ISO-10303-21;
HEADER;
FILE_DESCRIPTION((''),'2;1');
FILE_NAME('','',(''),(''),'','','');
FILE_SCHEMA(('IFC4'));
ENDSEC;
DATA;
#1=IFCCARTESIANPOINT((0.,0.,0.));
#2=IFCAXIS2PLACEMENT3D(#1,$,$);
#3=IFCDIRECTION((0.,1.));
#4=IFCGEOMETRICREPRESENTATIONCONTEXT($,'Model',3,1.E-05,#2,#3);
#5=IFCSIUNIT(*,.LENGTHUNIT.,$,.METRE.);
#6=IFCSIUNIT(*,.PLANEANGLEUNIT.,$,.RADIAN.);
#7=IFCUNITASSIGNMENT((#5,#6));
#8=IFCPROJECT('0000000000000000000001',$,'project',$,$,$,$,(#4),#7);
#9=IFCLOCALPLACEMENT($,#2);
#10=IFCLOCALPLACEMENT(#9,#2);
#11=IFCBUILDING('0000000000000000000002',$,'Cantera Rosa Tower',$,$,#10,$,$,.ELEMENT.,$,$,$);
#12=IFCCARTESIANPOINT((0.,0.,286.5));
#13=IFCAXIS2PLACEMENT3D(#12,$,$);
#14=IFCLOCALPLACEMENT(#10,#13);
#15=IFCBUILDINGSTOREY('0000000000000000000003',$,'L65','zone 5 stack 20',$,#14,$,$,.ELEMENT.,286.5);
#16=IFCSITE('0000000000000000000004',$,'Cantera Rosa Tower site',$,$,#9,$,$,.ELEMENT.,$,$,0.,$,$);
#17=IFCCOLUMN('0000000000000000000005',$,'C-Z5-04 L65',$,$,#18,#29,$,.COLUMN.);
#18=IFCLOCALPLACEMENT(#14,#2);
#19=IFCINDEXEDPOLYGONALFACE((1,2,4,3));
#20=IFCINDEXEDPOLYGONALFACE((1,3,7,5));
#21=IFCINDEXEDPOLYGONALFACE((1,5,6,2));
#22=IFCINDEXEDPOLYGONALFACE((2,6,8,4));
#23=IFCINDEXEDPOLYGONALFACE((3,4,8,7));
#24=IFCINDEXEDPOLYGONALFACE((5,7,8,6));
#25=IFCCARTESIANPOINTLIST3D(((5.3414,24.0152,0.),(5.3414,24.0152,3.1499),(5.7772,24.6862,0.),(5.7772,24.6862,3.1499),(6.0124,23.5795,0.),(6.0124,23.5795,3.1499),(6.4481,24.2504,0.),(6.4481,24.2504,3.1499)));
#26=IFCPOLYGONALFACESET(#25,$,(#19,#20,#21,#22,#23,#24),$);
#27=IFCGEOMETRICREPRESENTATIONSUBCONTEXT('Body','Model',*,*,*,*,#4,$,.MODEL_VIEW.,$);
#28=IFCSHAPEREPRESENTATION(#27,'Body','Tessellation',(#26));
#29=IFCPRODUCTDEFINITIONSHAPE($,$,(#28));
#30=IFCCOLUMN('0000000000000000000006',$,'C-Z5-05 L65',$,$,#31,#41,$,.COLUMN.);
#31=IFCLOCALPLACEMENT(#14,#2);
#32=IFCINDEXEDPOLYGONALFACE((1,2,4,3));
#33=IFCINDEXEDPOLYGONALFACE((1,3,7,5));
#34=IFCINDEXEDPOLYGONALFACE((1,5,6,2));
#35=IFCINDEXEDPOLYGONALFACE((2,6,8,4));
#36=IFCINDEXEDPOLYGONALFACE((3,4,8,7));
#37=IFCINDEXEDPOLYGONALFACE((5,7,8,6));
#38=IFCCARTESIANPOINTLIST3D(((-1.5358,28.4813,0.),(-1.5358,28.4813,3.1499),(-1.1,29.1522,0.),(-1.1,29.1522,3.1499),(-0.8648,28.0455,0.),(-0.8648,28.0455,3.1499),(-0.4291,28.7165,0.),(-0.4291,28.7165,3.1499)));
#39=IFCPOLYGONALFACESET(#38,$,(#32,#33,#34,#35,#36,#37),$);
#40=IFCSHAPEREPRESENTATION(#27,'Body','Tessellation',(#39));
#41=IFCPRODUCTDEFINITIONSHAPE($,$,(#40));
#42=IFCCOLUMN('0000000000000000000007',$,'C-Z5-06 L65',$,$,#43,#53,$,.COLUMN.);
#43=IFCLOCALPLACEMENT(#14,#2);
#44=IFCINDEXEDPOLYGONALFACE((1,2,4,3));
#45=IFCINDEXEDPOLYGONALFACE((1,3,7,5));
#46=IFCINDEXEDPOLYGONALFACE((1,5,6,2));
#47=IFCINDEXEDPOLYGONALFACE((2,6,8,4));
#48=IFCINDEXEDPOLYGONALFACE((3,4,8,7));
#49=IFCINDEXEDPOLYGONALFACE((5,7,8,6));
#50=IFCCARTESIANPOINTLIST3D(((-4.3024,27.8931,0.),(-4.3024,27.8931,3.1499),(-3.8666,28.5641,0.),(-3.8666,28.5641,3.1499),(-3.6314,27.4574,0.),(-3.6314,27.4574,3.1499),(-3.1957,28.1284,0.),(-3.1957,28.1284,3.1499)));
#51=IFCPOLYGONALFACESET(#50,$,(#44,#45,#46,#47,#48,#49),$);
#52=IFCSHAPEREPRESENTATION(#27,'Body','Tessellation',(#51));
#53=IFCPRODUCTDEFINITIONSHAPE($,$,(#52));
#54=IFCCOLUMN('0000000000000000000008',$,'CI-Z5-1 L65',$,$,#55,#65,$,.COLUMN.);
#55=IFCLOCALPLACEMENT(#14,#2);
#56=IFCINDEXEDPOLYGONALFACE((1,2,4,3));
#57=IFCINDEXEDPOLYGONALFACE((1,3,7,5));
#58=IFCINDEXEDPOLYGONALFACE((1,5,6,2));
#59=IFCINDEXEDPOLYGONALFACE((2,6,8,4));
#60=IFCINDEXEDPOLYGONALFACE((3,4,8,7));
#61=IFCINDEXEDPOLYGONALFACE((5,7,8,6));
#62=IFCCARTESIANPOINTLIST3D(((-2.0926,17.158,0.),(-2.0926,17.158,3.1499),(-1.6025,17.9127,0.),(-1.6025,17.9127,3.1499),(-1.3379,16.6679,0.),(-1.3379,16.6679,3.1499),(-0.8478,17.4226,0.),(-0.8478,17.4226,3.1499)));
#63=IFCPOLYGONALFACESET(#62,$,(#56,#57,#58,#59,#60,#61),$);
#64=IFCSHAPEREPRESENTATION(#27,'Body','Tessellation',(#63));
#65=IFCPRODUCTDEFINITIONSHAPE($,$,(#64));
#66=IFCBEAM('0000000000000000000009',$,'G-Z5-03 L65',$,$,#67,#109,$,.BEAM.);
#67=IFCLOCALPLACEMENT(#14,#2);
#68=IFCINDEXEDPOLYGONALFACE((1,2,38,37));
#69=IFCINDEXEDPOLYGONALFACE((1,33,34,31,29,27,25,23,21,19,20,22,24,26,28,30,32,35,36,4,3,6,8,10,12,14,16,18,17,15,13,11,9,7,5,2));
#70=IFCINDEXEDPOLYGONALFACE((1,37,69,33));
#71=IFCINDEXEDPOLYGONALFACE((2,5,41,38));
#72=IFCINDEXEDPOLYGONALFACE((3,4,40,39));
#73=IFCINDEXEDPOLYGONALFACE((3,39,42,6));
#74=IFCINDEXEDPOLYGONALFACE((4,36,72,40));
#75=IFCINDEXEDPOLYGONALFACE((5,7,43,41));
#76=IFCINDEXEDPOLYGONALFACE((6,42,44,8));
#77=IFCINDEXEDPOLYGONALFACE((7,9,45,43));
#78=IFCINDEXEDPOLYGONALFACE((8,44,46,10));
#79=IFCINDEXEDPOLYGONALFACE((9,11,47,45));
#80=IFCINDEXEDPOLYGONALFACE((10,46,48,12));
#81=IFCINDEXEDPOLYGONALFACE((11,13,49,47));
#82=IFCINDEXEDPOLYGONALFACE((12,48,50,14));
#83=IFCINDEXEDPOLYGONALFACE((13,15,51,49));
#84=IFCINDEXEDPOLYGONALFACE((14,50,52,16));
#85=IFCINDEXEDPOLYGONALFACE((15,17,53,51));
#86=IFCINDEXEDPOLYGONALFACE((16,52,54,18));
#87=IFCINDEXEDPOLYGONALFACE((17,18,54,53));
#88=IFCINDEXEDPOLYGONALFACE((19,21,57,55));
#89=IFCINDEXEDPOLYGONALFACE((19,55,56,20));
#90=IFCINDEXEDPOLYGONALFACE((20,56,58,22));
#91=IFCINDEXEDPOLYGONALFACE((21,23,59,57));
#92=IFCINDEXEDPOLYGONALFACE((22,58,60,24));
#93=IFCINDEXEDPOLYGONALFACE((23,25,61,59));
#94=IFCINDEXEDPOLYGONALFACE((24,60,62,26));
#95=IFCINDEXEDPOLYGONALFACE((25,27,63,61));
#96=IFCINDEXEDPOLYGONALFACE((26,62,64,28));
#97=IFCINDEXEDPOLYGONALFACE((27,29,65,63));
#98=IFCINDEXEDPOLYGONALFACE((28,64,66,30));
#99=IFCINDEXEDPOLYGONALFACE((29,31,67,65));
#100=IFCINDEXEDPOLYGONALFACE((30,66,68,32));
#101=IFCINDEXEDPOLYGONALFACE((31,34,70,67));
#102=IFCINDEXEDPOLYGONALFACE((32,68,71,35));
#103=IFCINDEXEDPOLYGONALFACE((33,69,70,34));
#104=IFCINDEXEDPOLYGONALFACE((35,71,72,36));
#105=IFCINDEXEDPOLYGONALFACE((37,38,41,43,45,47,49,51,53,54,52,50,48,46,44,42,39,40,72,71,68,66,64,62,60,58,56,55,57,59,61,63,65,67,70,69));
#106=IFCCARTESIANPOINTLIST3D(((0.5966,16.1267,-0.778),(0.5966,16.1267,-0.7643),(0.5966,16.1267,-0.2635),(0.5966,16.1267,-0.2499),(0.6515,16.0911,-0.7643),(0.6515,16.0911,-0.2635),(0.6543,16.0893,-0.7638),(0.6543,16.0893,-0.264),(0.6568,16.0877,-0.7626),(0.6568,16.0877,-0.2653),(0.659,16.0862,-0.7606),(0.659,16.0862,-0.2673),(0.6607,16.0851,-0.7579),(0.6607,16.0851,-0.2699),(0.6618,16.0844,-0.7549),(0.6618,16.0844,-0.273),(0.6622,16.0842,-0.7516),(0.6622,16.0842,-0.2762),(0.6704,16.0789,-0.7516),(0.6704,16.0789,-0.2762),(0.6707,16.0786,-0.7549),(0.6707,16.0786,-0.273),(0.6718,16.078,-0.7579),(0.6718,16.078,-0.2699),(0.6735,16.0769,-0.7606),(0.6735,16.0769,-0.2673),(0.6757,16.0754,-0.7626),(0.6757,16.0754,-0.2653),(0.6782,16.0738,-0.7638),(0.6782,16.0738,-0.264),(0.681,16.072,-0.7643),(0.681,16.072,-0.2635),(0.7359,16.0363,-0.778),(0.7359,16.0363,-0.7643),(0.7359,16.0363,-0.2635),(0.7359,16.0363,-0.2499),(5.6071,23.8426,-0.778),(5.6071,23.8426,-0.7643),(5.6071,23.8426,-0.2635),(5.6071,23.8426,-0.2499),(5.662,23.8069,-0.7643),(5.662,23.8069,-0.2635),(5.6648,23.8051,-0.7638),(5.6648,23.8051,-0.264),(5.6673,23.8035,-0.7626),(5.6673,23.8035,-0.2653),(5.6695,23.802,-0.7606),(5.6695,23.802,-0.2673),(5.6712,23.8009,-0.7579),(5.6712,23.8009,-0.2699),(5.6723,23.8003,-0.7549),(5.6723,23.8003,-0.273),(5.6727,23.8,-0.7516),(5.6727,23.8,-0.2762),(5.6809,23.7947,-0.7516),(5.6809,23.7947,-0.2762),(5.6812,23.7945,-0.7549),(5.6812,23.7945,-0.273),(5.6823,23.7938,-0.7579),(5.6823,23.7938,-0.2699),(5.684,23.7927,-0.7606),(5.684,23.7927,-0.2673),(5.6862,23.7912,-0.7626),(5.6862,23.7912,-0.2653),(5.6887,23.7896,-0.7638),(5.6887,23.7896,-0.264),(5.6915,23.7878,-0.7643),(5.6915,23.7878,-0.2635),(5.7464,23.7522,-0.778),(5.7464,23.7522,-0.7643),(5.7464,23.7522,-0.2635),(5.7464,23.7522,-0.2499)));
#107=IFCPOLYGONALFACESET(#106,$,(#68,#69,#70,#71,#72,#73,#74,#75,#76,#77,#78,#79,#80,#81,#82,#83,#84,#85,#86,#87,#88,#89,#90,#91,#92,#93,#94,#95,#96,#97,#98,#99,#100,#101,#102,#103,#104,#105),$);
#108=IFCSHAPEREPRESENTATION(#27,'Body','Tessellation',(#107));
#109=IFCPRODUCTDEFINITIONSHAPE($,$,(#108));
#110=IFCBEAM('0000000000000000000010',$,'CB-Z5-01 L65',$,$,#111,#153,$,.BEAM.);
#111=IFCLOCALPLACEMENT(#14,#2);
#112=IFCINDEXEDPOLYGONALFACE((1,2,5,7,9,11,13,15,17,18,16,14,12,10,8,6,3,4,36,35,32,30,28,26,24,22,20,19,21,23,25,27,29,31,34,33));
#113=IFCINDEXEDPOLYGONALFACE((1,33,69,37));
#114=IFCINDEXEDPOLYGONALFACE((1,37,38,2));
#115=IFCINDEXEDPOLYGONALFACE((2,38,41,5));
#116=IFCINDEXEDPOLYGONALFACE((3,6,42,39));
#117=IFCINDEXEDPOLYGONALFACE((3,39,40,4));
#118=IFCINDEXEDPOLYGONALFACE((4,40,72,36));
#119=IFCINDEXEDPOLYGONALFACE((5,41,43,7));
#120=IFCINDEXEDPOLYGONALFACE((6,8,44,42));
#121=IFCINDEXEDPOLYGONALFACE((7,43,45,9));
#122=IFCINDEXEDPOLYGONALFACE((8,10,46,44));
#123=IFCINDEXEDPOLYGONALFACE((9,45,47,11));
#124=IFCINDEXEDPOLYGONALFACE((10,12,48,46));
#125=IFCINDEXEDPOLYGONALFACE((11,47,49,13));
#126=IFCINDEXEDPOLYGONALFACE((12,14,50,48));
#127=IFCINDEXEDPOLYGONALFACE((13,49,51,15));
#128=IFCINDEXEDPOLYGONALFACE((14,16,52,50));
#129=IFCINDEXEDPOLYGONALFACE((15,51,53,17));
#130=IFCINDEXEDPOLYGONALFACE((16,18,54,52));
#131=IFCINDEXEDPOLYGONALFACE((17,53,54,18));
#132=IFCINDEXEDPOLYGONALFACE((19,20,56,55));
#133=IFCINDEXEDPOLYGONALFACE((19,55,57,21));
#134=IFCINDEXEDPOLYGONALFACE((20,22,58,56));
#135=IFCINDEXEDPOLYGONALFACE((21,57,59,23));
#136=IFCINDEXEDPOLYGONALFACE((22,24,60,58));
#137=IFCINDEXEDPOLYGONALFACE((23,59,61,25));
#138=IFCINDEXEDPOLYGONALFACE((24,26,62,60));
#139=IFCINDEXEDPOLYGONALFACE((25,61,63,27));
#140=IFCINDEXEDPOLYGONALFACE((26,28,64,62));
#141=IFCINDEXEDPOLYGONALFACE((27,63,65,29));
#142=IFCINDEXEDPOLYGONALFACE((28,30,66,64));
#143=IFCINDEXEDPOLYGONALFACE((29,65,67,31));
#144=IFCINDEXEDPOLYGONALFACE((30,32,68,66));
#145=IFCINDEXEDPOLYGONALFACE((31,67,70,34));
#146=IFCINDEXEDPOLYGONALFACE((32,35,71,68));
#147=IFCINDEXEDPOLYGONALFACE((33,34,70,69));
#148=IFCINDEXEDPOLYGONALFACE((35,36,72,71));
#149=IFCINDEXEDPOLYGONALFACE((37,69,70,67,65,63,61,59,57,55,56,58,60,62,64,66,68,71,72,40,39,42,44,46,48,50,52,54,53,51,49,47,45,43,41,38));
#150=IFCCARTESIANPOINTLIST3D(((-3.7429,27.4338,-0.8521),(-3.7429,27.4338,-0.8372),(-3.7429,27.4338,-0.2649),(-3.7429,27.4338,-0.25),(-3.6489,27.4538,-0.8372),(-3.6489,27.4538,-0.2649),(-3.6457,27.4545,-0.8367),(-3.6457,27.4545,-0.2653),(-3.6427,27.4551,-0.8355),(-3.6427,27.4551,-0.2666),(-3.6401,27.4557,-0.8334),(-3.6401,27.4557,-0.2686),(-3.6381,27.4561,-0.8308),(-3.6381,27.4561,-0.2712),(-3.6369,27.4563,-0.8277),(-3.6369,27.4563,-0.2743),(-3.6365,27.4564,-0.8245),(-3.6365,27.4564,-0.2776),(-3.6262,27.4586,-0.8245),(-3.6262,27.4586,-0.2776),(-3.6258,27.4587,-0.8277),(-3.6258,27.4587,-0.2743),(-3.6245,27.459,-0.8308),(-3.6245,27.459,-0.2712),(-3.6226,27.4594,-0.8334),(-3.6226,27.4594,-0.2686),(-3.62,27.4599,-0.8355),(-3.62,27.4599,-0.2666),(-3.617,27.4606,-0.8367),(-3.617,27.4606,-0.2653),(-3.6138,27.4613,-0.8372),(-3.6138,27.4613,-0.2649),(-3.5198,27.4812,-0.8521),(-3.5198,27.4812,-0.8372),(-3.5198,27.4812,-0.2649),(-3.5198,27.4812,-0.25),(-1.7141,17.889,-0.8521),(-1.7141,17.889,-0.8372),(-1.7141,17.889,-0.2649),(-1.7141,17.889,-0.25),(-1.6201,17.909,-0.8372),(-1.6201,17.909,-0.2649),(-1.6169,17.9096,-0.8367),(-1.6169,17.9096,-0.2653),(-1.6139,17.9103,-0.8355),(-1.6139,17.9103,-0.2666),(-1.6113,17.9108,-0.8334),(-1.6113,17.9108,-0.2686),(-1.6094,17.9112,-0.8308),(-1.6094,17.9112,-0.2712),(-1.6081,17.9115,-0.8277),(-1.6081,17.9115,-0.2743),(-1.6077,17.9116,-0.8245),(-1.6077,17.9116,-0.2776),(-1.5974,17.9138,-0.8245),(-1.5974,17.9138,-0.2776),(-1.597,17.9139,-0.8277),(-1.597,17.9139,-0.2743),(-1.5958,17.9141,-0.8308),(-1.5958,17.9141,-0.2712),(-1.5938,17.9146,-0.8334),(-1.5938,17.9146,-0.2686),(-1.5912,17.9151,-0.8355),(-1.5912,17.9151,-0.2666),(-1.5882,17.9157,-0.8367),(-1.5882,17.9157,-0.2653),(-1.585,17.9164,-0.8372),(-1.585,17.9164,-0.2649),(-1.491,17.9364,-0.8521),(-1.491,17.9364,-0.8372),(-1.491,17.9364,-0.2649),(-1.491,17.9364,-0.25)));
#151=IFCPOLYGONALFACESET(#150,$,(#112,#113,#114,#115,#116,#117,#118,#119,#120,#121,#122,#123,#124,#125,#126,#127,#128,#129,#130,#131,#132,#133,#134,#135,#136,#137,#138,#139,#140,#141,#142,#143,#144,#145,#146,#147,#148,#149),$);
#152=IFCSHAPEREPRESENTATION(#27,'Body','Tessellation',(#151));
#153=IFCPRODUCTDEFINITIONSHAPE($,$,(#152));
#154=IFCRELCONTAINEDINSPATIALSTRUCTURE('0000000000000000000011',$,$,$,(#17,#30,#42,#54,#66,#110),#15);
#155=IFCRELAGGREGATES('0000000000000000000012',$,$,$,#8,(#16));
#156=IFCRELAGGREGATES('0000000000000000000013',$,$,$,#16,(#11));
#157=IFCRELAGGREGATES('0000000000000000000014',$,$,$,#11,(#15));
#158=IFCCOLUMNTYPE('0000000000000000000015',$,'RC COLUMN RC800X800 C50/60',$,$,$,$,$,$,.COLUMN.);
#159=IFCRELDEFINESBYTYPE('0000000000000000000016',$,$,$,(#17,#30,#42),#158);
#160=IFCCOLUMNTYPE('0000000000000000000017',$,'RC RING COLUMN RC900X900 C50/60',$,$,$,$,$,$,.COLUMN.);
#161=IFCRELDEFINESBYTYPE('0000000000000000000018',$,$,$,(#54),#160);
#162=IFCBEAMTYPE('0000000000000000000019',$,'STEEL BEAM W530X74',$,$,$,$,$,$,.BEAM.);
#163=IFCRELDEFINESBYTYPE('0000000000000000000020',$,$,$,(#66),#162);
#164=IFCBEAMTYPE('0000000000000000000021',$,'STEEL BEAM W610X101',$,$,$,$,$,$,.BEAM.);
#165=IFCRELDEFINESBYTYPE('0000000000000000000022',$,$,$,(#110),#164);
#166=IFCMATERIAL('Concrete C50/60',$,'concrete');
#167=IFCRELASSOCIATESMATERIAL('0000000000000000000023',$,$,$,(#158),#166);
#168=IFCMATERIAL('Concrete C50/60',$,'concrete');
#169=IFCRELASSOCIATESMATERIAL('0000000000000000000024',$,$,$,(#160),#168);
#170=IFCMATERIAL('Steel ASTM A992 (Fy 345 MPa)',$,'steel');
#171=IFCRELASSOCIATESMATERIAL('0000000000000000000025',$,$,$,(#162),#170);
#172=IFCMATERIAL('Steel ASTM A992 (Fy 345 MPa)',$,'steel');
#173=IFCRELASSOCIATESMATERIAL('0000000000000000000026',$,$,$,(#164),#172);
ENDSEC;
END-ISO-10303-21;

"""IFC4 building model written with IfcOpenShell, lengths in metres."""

from ifc_helpers import new_model, si_unit, direction, frame, origin, origin_2d, place, context, subcontext, project, spatial, rectangle, i_section, extrude, material, material_profile, profile_set, type_object, element, save


model = new_model("IFC4")

# Units and contexts
model_context = context("Model", 3, precision=1e-05, world=origin(), true_north=direction((0.0, 1.0)))
body_context = subcontext(model_context, "Body", "Model", "MODEL_VIEW")
ifc_project = project(units=[si_unit("LENGTHUNIT", "METRE"), si_unit("PLANEANGLEUNIT", "RADIAN")], contexts=[model_context])

# Site, building, storey
site_placement = place(None, origin())
site = spatial("IfcSite", under=ifc_project, at=site_placement, Name="Cantera Rosa Tower site", CompositionType="ELEMENT", RefElevation=0.0)
building_placement = place(site_placement, origin())
building = spatial("IfcBuilding", under=site, at=building_placement, Name="Cantera Rosa Tower", CompositionType="ELEMENT")
storey_placement = place(building_placement, frame((0.0, 0.0, 286.5)))
storey = spatial("IfcBuildingStorey", under=building, at=storey_placement, Name="L65", Description="zone 5 stack 20", CompositionType="ELEMENT", Elevation=286.5)

# Columns
ifc_material_1 = material(Name="Concrete C50/60", Category="concrete")
ifc_material_profile_1 = material_profile(ifc_material_1, rectangle(XDim=0.8, YDim=0.8, at=origin_2d()), Name="RC COLUMN RC800X800 C50/60")
ifc_profile_set_1 = profile_set([ifc_material_profile_1], Name="Concrete C50/60")
column_type_1 = type_object("IfcColumnType", Name="RC COLUMN RC800X800 C50/60", PredefinedType="COLUMN", material=ifc_profile_set_1)
for number, where, z_axis, x_axis, name in (
    (1, (5.8948, 24.1328, 0.0), (0.0, 0.0, 1.0), (0.544639, 0.838671, 0.0), "C-Z5-04 L65"),
    (2, (-0.9824, 28.5989, 0.0), (0.0, 0.0, 1.0), (0.544639, 0.838671, 0.0), "C-Z5-05 L65"),
    (3, (-3.749, 28.0107, 0.0), (0.0, 0.0, 1.0), (0.544639, 0.838671, 0.0), "C-Z5-06 L65"),
):
    element("IfcColumn", number, at=place(storey_placement, frame(where, z_axis=z_axis, x_axis=x_axis)), inside=storey, type_object=column_type_1, Name=name, PredefinedType="COLUMN", context=body_context, shape_type="SweptSolid", body=[
        extrude(rectangle(XDim=0.8, YDim=0.8, at=origin_2d()), origin(), (0.0, 0.0, 1.0), 3.1499),
    ])
ifc_material_2 = material(Name="Concrete C50/60", Category="concrete")
ifc_material_profile_2 = material_profile(ifc_material_2, rectangle(XDim=0.8999, YDim=0.8999, at=origin_2d()), Name="RC RING COLUMN RC900X900 C50/60")
ifc_profile_set_2 = profile_set([ifc_material_profile_2], Name="Concrete C50/60")
column_type_2 = type_object("IfcColumnType", Name="RC RING COLUMN RC900X900 C50/60", PredefinedType="COLUMN", material=ifc_profile_set_2)
column_placement = place(storey_placement, frame((-1.4702, 17.2903, 0.0), z_axis=(0.0, 0.0, 1.0), x_axis=(0.544639, 0.838671, 0.0)))
element("IfcColumn", 4, at=column_placement, inside=storey, type_object=column_type_2, Name="CI-Z5-1 L65", PredefinedType="COLUMN", context=body_context, shape_type="SweptSolid", body=[
    extrude(rectangle(XDim=0.8999, YDim=0.8999, at=origin_2d()), origin(), (0.0, 0.0, 1.0), 3.1499),
])

# Beams
ifc_material_3 = material(Name="Steel ASTM A992 (Fy 345 MPa)", Category="steel")
ifc_material_profile_3 = material_profile(ifc_material_3, i_section(OverallWidth=0.166, OverallDepth=0.5281, WebThickness=0.0098, FlangeThickness=0.0137, FilletRadius=0.0127, at=origin_2d()), Name="W530X74")
ifc_profile_set_3 = profile_set([ifc_material_profile_3], Name="Steel ASTM A992 (Fy 345 MPa)")
beam_type_1 = type_object("IfcBeamType", Name="STEEL BEAM W530X74", PredefinedType="BEAM", material=ifc_profile_set_3)
beam_1_placement = place(storey_placement, frame((5.6768, 23.7974, -0.5139), z_axis=(-0.544623, -0.838681, 0.0), x_axis=(0.838681, -0.544623, 0.0)))
element("IfcBeam", 5, at=beam_1_placement, inside=storey, type_object=beam_type_1, Name="G-Z5-03 L65", PredefinedType="BEAM", context=body_context, shape_type="SweptSolid", body=[
    extrude(i_section(OverallWidth=0.166, OverallDepth=0.5281, WebThickness=0.0098, FlangeThickness=0.0137, FilletRadius=0.0127, at=origin_2d()), origin(), (0.0, 0.0, 1.0), 9.2),
])
ifc_material_4 = material(Name="Steel ASTM A992 (Fy 345 MPa)", Category="steel")
ifc_material_profile_4 = material_profile(ifc_material_4, i_section(OverallWidth=0.228, OverallDepth=0.6021, WebThickness=0.0105, FlangeThickness=0.0149, FilletRadius=0.0127, at=origin_2d()), Name="W610X101")
ifc_profile_set_4 = profile_set([ifc_material_profile_4], Name="Steel ASTM A992 (Fy 345 MPa)")
beam_type_2 = type_object("IfcBeamType", Name="STEEL BEAM W610X101", PredefinedType="BEAM", material=ifc_profile_set_4)
beam_2_placement = place(storey_placement, frame((-3.6313, 27.4575, -0.551), z_axis=(0.207909, -0.978148, 0.0), x_axis=(0.978148, 0.207909, 0.0)))
element("IfcBeam", 6, at=beam_2_placement, inside=storey, type_object=beam_type_2, Name="CB-Z5-01 L65", PredefinedType="BEAM", context=body_context, shape_type="SweptSolid", body=[
    extrude(i_section(OverallWidth=0.228, OverallDepth=0.6021, WebThickness=0.0105, FlangeThickness=0.0149, FilletRadius=0.0127, at=origin_2d()), origin(), (0.0, 0.0, 1.0), 9.7581),
])

save(model, "model.ifc")
